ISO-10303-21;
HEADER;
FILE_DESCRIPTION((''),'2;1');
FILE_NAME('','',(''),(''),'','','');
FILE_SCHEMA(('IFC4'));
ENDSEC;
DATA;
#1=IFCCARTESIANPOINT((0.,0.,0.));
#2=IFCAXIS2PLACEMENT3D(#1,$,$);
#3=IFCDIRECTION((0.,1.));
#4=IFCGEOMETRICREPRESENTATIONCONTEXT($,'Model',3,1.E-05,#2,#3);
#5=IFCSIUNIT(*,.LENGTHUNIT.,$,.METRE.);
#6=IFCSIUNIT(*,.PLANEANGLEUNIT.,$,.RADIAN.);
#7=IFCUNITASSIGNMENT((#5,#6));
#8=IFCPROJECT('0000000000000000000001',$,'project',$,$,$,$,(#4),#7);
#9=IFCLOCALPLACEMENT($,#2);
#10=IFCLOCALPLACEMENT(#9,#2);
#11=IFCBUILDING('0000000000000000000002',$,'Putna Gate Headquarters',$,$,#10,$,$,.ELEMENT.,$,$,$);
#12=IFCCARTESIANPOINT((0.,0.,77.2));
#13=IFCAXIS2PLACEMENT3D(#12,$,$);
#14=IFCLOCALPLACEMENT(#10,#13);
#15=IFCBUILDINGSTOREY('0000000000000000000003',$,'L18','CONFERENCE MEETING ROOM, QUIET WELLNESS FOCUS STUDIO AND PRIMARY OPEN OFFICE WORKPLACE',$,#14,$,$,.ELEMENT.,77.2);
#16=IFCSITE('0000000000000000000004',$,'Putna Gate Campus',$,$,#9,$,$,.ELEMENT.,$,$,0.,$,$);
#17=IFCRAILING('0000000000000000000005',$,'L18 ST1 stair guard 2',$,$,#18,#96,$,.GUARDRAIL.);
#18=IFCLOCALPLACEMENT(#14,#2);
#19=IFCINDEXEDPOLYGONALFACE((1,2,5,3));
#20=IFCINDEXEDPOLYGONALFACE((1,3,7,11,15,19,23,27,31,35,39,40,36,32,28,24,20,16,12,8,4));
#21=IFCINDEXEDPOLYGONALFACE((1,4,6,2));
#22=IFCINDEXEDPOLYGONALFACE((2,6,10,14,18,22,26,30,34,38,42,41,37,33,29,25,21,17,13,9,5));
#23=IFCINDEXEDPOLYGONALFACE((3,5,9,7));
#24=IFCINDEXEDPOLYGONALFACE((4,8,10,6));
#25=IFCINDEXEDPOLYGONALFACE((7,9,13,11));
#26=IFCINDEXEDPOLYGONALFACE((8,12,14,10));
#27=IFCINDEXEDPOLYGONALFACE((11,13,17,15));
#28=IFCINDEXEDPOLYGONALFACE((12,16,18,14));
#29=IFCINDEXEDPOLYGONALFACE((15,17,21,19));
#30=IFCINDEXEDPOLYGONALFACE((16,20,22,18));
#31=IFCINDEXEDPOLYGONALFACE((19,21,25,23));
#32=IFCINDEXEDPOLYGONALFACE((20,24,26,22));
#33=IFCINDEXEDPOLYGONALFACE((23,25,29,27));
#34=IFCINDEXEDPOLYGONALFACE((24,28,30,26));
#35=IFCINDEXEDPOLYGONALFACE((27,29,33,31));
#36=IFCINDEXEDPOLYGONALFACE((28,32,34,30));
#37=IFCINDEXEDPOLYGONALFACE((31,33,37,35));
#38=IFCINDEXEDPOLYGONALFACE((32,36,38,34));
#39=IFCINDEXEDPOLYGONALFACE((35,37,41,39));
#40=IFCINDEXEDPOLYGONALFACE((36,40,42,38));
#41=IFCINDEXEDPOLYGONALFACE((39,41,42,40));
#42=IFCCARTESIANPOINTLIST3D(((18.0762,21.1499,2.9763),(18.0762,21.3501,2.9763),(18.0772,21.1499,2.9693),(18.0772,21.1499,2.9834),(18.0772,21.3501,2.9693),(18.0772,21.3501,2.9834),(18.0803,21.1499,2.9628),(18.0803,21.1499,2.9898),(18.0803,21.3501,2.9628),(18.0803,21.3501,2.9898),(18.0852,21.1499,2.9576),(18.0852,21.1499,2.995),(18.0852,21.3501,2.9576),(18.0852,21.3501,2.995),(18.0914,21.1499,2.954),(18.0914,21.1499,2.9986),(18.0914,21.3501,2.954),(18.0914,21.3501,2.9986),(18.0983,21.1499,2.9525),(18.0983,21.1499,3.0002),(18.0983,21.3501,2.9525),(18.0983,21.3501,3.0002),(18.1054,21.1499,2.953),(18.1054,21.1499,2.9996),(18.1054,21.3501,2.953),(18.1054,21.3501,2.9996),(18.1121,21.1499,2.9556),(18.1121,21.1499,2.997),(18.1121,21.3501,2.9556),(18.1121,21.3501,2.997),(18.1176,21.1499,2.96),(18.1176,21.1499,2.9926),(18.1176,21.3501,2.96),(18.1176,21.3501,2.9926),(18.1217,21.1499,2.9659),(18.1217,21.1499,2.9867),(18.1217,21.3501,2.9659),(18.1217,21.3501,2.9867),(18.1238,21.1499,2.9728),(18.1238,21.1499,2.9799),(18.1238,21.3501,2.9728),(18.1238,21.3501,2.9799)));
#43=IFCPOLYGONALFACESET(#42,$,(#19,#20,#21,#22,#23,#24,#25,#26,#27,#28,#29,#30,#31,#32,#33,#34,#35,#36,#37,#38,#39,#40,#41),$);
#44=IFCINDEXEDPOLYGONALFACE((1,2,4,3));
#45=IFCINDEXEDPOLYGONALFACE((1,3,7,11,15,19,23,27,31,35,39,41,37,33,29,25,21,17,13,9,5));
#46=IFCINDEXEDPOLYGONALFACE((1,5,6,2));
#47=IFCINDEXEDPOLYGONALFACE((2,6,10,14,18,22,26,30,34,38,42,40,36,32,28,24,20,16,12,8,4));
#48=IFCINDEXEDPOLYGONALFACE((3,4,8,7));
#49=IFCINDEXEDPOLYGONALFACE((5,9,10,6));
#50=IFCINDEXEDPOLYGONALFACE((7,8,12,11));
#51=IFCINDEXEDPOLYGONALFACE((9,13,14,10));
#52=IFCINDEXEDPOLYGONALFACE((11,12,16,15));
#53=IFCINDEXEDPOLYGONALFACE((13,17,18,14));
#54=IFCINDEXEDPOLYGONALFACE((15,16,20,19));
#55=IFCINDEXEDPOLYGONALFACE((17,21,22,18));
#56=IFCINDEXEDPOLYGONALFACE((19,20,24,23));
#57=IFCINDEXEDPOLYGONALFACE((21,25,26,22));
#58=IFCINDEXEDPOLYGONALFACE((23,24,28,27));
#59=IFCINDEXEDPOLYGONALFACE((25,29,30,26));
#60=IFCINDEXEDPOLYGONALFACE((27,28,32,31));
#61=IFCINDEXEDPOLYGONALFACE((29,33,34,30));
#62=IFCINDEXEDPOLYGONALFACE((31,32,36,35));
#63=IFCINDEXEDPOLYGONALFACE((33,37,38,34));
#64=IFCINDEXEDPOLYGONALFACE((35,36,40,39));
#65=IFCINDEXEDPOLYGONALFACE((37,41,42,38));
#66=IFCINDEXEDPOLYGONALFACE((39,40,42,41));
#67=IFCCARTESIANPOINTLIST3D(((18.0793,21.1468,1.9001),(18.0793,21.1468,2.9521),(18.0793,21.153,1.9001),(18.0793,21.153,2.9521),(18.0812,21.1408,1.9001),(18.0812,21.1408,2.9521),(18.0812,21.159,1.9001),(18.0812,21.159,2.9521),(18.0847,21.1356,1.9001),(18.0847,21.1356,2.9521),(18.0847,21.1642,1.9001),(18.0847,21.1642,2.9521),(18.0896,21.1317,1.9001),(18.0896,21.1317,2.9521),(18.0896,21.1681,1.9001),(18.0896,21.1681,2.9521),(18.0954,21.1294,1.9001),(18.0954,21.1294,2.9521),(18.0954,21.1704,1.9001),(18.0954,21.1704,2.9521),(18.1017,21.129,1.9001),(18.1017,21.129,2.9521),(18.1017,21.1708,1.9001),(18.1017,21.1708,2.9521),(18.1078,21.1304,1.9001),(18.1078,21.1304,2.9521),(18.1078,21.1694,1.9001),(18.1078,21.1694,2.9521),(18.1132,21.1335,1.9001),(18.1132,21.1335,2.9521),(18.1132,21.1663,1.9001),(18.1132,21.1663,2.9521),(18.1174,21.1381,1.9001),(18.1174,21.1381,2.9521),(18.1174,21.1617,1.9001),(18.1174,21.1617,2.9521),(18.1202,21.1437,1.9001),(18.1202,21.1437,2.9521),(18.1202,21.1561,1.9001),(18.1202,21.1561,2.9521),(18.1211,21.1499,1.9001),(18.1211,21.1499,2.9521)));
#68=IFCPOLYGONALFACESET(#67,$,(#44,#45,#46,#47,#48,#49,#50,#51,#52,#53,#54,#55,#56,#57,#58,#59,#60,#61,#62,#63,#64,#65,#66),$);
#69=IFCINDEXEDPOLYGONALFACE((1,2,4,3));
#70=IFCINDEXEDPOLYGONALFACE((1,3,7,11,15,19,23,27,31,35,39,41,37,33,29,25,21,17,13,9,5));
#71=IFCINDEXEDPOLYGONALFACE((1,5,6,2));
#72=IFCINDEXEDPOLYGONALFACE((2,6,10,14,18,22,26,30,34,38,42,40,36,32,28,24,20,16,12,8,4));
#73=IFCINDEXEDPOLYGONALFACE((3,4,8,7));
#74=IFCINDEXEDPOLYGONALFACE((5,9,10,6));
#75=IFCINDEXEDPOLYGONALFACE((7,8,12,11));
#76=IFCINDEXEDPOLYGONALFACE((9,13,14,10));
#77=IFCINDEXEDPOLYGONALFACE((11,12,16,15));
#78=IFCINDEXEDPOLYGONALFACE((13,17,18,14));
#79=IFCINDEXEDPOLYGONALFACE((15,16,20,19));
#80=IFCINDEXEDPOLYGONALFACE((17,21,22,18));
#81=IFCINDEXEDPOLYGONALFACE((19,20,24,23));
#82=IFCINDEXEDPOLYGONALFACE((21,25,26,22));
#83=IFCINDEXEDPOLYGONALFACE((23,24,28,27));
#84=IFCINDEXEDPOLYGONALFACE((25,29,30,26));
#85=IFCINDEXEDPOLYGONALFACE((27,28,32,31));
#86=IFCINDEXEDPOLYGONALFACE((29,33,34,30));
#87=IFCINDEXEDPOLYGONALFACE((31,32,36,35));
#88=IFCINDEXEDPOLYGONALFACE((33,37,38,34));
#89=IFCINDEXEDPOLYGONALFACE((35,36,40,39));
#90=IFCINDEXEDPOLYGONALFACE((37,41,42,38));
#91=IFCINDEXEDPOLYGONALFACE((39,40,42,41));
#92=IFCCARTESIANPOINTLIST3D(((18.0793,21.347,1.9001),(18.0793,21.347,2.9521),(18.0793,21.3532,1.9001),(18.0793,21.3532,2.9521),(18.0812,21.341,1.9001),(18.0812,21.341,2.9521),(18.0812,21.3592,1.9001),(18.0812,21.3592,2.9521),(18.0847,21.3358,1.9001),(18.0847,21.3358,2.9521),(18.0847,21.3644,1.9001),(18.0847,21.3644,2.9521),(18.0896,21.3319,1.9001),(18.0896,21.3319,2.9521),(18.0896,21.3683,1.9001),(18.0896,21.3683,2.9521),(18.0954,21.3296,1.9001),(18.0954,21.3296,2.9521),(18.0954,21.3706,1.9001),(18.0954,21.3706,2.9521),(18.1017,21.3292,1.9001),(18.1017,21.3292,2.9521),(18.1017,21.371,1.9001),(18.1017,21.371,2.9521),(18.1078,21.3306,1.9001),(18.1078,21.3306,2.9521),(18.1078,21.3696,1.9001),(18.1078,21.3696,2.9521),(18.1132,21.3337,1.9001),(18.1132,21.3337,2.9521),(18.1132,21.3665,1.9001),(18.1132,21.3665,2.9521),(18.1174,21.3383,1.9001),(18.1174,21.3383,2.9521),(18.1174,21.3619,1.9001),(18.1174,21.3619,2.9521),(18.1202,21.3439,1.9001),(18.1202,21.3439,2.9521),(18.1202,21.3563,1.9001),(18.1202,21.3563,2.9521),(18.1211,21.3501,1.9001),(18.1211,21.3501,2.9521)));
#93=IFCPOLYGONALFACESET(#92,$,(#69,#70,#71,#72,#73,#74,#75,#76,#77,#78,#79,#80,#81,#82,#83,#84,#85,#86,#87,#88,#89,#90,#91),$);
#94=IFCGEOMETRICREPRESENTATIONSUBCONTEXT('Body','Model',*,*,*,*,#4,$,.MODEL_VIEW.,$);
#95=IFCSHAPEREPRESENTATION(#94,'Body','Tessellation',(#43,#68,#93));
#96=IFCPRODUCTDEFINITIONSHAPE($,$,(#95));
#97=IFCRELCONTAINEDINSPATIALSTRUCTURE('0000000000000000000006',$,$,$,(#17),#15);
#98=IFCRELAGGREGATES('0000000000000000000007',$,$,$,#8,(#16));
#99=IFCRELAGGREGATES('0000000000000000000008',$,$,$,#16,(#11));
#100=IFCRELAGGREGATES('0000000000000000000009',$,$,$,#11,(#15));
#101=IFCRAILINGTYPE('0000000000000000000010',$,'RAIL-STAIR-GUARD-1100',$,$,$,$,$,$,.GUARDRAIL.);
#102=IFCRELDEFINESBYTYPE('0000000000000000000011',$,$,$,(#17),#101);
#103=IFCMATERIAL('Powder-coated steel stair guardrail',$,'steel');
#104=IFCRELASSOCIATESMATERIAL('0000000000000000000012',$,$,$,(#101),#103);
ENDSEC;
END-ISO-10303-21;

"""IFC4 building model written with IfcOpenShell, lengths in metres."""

from ifc_helpers import new_model, si_unit, direction, frame, origin, origin_2d, place, context, subcontext, project, spatial, circle, extrude, material, type_object, element, save


model = new_model("IFC4")

# Units and contexts
model_context = context("Model", 3, precision=1e-05, world=origin(), true_north=direction((0.0, 1.0)))
body_context = subcontext(model_context, "Body", "Model", "MODEL_VIEW")
ifc_project = project(units=[si_unit("LENGTHUNIT", "METRE"), si_unit("PLANEANGLEUNIT", "RADIAN")], contexts=[model_context])

# Site, building, storey
site_placement = place(None, origin())
site = spatial("IfcSite", under=ifc_project, at=site_placement, Name="Putna Gate Campus", CompositionType="ELEMENT", RefElevation=0.0)
building_placement = place(site_placement, origin())
building = spatial("IfcBuilding", under=site, at=building_placement, Name="Putna Gate Headquarters", CompositionType="ELEMENT")
storey_placement = place(building_placement, frame((0.0, 0.0, 77.2)))
storey = spatial("IfcBuildingStorey", under=building, at=storey_placement, Name="L18", Description="CONFERENCE MEETING ROOM, QUIET WELLNESS FOCUS STUDIO AND PRIMARY OPEN OFFICE WORKPLACE", CompositionType="ELEMENT", Elevation=77.2)

# Railing
ifc_material_1 = material(Name="Powder-coated steel stair guardrail", Category="steel")
railing_type_1 = type_object("IfcRailingType", Name="RAIL-STAIR-GUARD-1100", PredefinedType="GUARDRAIL", material=ifc_material_1)
railing_1_placement = place(storey_placement, frame((18.1001, 21.1499, 1.9001)))
element("IfcRailing", 1, at=railing_1_placement, inside=storey, type_object=railing_type_1, Name="L18 ST1 stair guard 2", PredefinedType="GUARDRAIL", context=body_context, shape_type="SweptSolid", body=[
    extrude(circle(Radius=0.0239, at=origin_2d()), frame((0.0, 0.0, 1.0762), z_axis=(0.0, 1.0, 0.0), x_axis=(-1.0, 0.0, 0.0)), (0.0, 0.0, 1.0), 0.2002),
    extrude(circle(Radius=0.021, at=origin_2d()), origin(), (0.0, 0.0, 1.0), 1.052),
    extrude(circle(Radius=0.021, at=origin_2d()), frame((0.0, 0.2002, 0.0)), (0.0, 0.0, 1.0), 1.052),
])

save(model, "model.ifc")
